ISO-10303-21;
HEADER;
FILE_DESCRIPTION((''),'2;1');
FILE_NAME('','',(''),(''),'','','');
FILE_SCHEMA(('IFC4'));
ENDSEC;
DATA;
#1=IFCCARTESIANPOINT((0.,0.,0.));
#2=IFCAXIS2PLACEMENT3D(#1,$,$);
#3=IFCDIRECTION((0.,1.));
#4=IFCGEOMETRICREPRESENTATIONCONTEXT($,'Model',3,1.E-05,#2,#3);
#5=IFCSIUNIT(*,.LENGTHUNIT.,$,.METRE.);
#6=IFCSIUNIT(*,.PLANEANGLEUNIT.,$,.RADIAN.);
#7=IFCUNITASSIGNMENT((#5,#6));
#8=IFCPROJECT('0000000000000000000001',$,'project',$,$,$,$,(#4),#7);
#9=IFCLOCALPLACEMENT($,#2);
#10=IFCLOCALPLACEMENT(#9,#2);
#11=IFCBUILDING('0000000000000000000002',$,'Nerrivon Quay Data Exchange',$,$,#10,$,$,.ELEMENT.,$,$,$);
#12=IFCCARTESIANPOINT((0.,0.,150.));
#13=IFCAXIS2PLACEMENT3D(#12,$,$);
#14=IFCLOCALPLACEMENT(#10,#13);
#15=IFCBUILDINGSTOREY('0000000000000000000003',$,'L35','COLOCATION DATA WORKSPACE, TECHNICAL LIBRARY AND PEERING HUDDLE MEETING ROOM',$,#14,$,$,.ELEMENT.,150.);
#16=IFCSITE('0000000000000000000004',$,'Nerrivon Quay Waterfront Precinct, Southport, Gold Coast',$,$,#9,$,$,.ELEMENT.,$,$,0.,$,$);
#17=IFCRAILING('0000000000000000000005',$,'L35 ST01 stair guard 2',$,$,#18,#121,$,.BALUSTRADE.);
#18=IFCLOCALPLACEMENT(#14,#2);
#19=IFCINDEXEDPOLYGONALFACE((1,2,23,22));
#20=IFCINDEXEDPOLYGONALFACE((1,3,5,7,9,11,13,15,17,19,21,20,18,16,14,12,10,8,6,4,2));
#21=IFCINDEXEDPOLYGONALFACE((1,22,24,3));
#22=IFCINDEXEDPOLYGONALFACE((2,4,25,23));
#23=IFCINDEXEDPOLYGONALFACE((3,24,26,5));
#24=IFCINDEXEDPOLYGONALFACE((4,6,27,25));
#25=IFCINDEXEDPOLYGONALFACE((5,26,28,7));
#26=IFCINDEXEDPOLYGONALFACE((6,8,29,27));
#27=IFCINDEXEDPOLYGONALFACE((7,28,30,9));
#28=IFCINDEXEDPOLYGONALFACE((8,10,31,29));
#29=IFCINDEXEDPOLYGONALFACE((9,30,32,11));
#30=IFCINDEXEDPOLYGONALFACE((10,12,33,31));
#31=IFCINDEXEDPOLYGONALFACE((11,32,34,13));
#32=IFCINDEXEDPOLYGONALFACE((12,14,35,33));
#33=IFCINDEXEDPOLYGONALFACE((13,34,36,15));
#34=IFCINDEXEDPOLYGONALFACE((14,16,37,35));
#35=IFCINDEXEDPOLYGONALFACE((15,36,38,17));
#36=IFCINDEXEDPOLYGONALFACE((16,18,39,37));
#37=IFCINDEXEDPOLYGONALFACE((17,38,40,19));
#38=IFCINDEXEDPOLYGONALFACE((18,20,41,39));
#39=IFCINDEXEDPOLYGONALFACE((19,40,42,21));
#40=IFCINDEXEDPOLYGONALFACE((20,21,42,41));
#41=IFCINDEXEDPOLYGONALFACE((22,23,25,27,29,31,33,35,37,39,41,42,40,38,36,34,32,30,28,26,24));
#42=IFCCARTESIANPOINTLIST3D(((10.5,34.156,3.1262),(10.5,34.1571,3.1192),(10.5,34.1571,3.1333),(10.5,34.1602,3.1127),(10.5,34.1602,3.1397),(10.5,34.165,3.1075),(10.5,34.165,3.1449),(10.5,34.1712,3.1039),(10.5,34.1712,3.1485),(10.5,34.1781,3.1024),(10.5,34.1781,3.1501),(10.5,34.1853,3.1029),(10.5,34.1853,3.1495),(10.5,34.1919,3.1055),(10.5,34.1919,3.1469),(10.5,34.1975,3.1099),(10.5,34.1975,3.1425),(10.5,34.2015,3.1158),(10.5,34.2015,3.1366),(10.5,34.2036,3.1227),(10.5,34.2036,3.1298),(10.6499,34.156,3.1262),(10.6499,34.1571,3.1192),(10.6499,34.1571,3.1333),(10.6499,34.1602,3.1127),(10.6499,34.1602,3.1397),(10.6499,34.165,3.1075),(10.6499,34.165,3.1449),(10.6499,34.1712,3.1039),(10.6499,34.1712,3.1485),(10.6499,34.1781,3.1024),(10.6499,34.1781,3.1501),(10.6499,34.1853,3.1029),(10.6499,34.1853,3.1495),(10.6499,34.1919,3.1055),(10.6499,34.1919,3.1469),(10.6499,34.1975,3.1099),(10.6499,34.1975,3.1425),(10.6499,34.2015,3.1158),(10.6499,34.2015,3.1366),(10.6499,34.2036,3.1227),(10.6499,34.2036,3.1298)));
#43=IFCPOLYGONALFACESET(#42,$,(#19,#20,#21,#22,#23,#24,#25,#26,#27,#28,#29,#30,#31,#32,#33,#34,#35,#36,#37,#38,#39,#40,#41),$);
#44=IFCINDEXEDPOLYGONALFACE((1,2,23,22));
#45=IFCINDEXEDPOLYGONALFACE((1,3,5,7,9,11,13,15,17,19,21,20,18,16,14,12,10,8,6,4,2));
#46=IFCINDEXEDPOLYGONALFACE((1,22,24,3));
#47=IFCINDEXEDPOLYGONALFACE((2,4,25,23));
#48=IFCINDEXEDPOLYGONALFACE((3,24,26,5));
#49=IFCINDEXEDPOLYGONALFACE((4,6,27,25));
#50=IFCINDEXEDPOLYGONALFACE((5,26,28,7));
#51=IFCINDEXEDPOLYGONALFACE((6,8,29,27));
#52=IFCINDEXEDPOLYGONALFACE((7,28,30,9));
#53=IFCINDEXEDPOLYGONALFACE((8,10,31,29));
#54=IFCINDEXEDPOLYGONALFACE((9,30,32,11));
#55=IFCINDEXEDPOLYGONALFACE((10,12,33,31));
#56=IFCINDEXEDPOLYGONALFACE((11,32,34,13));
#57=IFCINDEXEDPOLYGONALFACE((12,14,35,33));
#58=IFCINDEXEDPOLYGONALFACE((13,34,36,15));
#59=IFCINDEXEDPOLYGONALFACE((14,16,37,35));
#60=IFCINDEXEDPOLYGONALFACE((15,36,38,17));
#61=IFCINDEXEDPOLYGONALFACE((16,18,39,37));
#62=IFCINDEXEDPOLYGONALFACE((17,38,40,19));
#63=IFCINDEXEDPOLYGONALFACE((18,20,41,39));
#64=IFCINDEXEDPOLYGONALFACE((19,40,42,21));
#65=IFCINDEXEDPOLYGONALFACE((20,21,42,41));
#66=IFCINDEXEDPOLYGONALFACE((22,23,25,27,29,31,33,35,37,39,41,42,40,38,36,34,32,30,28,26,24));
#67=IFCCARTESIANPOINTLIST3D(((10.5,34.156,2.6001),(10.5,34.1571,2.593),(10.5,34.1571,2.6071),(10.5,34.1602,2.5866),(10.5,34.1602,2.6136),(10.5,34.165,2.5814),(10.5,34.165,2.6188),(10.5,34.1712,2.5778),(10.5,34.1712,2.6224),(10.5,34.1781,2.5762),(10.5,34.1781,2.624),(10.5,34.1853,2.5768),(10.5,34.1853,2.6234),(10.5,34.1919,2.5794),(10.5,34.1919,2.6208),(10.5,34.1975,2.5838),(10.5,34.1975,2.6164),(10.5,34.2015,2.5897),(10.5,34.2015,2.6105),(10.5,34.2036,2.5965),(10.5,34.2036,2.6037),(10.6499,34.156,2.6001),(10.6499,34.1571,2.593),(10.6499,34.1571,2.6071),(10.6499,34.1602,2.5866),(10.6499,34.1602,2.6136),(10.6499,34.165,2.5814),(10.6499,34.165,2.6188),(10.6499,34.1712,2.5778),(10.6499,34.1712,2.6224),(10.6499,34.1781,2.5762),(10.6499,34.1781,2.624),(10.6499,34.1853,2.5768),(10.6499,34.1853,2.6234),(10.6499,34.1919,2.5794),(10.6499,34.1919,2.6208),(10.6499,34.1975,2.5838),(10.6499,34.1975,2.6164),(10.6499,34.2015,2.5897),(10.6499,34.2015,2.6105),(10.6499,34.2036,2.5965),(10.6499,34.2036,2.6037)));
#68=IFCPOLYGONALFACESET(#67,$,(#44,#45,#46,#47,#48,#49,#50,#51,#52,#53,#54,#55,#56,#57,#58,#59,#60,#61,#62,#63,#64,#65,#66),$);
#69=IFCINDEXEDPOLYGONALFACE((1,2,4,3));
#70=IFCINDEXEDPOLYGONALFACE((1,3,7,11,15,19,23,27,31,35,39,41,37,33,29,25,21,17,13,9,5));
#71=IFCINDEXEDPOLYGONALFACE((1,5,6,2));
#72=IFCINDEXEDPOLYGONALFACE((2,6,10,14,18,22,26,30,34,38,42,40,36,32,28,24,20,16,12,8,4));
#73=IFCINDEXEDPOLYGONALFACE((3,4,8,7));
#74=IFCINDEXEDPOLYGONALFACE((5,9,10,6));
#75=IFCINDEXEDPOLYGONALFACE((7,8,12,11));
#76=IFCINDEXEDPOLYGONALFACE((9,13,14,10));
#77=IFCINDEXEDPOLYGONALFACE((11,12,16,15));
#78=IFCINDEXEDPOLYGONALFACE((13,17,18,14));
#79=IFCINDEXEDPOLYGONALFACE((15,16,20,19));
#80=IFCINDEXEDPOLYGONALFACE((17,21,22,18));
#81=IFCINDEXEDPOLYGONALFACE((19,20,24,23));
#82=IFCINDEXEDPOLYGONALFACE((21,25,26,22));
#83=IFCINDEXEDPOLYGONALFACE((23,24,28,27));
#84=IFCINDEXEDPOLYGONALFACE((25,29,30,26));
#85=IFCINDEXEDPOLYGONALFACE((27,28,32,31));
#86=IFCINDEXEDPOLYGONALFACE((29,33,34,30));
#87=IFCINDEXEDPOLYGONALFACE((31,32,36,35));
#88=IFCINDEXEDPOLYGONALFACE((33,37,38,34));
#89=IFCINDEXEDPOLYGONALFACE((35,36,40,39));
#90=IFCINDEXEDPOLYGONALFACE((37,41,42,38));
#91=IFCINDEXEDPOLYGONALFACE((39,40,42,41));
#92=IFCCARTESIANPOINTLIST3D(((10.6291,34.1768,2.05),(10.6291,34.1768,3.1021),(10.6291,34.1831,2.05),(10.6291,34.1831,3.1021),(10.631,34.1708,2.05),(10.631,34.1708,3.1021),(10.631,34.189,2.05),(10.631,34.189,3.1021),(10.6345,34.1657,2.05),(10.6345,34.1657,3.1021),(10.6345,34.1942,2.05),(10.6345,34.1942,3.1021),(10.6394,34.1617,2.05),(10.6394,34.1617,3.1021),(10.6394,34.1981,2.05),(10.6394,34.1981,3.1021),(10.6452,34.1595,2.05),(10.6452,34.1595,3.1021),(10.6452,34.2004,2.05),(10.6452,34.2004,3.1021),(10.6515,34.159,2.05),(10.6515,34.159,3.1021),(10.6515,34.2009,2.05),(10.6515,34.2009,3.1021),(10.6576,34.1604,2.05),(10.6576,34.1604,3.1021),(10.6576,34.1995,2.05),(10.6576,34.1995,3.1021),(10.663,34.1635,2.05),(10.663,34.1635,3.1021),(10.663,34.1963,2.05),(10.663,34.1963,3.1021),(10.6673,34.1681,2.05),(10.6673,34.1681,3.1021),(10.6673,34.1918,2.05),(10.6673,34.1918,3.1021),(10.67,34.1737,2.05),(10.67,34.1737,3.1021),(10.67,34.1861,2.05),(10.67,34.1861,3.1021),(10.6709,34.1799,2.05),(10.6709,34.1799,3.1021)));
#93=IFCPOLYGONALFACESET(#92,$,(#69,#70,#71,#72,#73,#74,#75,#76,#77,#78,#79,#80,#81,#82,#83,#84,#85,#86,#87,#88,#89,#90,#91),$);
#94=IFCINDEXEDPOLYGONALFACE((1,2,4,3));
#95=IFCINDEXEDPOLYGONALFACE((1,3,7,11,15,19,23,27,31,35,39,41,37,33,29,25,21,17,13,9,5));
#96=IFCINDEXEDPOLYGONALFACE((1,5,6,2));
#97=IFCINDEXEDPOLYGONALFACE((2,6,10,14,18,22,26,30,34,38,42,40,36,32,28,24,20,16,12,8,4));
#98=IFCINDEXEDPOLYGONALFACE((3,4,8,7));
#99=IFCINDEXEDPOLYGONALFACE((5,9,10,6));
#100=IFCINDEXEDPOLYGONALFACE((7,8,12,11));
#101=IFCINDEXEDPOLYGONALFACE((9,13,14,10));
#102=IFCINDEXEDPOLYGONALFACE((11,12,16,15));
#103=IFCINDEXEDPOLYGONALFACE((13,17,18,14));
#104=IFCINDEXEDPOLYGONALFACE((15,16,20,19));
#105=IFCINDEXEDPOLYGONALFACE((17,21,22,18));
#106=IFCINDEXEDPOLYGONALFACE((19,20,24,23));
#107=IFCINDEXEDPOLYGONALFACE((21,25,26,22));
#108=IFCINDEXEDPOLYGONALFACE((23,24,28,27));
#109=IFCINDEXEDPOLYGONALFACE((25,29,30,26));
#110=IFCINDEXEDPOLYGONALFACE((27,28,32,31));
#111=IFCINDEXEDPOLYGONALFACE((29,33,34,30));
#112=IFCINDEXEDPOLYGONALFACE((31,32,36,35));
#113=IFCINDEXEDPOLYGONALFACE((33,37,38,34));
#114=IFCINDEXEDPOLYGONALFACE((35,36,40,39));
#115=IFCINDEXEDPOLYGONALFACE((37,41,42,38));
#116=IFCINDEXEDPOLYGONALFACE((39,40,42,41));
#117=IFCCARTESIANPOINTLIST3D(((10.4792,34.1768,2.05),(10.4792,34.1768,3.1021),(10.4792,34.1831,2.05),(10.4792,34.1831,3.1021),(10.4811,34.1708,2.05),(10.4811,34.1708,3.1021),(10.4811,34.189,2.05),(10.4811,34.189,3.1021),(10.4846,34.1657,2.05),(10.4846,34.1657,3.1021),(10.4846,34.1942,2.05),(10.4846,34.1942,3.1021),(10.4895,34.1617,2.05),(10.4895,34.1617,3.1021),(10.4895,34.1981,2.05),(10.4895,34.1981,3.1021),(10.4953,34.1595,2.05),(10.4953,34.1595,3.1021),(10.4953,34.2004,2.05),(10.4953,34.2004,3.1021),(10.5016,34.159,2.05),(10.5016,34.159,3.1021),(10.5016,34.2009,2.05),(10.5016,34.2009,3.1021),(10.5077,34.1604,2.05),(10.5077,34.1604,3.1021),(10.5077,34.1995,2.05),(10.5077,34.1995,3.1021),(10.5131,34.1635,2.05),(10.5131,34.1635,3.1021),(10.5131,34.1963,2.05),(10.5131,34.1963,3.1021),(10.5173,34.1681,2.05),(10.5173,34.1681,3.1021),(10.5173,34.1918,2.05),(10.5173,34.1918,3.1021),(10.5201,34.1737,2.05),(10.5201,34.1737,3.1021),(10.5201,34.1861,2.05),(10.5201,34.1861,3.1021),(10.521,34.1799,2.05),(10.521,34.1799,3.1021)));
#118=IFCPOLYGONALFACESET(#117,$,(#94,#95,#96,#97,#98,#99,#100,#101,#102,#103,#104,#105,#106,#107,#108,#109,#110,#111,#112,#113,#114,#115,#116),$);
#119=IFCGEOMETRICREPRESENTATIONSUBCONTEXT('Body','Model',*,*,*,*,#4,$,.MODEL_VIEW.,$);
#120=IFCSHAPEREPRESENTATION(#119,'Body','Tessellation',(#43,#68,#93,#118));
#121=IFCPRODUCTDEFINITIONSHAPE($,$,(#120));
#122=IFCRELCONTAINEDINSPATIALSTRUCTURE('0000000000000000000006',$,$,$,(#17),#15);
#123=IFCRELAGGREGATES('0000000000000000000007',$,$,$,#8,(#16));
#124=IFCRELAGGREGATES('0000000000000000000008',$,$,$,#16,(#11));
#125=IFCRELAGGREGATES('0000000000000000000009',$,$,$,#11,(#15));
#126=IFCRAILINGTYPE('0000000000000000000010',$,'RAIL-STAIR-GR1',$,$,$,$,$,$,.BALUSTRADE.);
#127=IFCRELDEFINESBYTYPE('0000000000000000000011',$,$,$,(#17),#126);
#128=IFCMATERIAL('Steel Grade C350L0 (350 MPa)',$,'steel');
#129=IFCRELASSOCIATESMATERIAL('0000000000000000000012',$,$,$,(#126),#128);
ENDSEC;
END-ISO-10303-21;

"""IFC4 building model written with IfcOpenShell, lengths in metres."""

from ifc_helpers import new_model, si_unit, direction, frame, origin, origin_2d, place, context, subcontext, project, spatial, circle, extrude, material, type_object, element, save


model = new_model("IFC4")

# Units and contexts
model_context = context("Model", 3, precision=1e-05, world=origin(), true_north=direction((0.0, 1.0)))
body_context = subcontext(model_context, "Body", "Model", "MODEL_VIEW")
ifc_project = project(units=[si_unit("LENGTHUNIT", "METRE"), si_unit("PLANEANGLEUNIT", "RADIAN")], contexts=[model_context])

# Site, building, storey
site_placement = place(None, origin())
site = spatial("IfcSite", under=ifc_project, at=site_placement, Name="Nerrivon Quay Waterfront Precinct, Southport, Gold Coast", CompositionType="ELEMENT", RefElevation=0.0)
building_placement = place(site_placement, origin())
building = spatial("IfcBuilding", under=site, at=building_placement, Name="Nerrivon Quay Data Exchange", CompositionType="ELEMENT")
storey_placement = place(building_placement, frame((0.0, 0.0, 150.0)))
storey = spatial("IfcBuildingStorey", under=building, at=storey_placement, Name="L35", Description="COLOCATION DATA WORKSPACE, TECHNICAL LIBRARY AND PEERING HUDDLE MEETING ROOM", CompositionType="ELEMENT", Elevation=150.0)

# Railing
ifc_material_1 = material(Name="Steel Grade C350L0 (350 MPa)", Category="steel")
railing_type = type_object("IfcRailingType", Name="RAIL-STAIR-GR1", PredefinedType="BALUSTRADE", material=ifc_material_1)
railing_1_placement = place(storey_placement, frame((10.6499, 34.1799, 2.05)))
element("IfcRailing", 1, at=railing_1_placement, inside=storey, type_object=railing_type, Name="L35 ST01 stair guard 2", PredefinedType="BALUSTRADE", context=body_context, shape_type="SweptSolid", body=[
    extrude(circle(Radius=0.0239, at=origin_2d()), frame((0.0, 0.0, 1.0762), z_axis=(-1.0, 0.0, 0.0), x_axis=(0.0, -1.0, 0.0)), (0.0, 0.0, 1.0), 0.1499),
    extrude(circle(Radius=0.0239, at=origin_2d()), frame((0.0, 0.0, 0.55), z_axis=(-1.0, 0.0, 0.0), x_axis=(0.0, -1.0, 0.0)), (0.0, 0.0, 1.0), 0.1499),
    extrude(circle(Radius=0.021, at=origin_2d()), origin(), (0.0, 0.0, 1.0), 1.052),
    extrude(circle(Radius=0.021, at=origin_2d()), frame((-0.1499, 0.0, 0.0)), (0.0, 0.0, 1.0), 1.052),
])

save(model, "model.ifc")
